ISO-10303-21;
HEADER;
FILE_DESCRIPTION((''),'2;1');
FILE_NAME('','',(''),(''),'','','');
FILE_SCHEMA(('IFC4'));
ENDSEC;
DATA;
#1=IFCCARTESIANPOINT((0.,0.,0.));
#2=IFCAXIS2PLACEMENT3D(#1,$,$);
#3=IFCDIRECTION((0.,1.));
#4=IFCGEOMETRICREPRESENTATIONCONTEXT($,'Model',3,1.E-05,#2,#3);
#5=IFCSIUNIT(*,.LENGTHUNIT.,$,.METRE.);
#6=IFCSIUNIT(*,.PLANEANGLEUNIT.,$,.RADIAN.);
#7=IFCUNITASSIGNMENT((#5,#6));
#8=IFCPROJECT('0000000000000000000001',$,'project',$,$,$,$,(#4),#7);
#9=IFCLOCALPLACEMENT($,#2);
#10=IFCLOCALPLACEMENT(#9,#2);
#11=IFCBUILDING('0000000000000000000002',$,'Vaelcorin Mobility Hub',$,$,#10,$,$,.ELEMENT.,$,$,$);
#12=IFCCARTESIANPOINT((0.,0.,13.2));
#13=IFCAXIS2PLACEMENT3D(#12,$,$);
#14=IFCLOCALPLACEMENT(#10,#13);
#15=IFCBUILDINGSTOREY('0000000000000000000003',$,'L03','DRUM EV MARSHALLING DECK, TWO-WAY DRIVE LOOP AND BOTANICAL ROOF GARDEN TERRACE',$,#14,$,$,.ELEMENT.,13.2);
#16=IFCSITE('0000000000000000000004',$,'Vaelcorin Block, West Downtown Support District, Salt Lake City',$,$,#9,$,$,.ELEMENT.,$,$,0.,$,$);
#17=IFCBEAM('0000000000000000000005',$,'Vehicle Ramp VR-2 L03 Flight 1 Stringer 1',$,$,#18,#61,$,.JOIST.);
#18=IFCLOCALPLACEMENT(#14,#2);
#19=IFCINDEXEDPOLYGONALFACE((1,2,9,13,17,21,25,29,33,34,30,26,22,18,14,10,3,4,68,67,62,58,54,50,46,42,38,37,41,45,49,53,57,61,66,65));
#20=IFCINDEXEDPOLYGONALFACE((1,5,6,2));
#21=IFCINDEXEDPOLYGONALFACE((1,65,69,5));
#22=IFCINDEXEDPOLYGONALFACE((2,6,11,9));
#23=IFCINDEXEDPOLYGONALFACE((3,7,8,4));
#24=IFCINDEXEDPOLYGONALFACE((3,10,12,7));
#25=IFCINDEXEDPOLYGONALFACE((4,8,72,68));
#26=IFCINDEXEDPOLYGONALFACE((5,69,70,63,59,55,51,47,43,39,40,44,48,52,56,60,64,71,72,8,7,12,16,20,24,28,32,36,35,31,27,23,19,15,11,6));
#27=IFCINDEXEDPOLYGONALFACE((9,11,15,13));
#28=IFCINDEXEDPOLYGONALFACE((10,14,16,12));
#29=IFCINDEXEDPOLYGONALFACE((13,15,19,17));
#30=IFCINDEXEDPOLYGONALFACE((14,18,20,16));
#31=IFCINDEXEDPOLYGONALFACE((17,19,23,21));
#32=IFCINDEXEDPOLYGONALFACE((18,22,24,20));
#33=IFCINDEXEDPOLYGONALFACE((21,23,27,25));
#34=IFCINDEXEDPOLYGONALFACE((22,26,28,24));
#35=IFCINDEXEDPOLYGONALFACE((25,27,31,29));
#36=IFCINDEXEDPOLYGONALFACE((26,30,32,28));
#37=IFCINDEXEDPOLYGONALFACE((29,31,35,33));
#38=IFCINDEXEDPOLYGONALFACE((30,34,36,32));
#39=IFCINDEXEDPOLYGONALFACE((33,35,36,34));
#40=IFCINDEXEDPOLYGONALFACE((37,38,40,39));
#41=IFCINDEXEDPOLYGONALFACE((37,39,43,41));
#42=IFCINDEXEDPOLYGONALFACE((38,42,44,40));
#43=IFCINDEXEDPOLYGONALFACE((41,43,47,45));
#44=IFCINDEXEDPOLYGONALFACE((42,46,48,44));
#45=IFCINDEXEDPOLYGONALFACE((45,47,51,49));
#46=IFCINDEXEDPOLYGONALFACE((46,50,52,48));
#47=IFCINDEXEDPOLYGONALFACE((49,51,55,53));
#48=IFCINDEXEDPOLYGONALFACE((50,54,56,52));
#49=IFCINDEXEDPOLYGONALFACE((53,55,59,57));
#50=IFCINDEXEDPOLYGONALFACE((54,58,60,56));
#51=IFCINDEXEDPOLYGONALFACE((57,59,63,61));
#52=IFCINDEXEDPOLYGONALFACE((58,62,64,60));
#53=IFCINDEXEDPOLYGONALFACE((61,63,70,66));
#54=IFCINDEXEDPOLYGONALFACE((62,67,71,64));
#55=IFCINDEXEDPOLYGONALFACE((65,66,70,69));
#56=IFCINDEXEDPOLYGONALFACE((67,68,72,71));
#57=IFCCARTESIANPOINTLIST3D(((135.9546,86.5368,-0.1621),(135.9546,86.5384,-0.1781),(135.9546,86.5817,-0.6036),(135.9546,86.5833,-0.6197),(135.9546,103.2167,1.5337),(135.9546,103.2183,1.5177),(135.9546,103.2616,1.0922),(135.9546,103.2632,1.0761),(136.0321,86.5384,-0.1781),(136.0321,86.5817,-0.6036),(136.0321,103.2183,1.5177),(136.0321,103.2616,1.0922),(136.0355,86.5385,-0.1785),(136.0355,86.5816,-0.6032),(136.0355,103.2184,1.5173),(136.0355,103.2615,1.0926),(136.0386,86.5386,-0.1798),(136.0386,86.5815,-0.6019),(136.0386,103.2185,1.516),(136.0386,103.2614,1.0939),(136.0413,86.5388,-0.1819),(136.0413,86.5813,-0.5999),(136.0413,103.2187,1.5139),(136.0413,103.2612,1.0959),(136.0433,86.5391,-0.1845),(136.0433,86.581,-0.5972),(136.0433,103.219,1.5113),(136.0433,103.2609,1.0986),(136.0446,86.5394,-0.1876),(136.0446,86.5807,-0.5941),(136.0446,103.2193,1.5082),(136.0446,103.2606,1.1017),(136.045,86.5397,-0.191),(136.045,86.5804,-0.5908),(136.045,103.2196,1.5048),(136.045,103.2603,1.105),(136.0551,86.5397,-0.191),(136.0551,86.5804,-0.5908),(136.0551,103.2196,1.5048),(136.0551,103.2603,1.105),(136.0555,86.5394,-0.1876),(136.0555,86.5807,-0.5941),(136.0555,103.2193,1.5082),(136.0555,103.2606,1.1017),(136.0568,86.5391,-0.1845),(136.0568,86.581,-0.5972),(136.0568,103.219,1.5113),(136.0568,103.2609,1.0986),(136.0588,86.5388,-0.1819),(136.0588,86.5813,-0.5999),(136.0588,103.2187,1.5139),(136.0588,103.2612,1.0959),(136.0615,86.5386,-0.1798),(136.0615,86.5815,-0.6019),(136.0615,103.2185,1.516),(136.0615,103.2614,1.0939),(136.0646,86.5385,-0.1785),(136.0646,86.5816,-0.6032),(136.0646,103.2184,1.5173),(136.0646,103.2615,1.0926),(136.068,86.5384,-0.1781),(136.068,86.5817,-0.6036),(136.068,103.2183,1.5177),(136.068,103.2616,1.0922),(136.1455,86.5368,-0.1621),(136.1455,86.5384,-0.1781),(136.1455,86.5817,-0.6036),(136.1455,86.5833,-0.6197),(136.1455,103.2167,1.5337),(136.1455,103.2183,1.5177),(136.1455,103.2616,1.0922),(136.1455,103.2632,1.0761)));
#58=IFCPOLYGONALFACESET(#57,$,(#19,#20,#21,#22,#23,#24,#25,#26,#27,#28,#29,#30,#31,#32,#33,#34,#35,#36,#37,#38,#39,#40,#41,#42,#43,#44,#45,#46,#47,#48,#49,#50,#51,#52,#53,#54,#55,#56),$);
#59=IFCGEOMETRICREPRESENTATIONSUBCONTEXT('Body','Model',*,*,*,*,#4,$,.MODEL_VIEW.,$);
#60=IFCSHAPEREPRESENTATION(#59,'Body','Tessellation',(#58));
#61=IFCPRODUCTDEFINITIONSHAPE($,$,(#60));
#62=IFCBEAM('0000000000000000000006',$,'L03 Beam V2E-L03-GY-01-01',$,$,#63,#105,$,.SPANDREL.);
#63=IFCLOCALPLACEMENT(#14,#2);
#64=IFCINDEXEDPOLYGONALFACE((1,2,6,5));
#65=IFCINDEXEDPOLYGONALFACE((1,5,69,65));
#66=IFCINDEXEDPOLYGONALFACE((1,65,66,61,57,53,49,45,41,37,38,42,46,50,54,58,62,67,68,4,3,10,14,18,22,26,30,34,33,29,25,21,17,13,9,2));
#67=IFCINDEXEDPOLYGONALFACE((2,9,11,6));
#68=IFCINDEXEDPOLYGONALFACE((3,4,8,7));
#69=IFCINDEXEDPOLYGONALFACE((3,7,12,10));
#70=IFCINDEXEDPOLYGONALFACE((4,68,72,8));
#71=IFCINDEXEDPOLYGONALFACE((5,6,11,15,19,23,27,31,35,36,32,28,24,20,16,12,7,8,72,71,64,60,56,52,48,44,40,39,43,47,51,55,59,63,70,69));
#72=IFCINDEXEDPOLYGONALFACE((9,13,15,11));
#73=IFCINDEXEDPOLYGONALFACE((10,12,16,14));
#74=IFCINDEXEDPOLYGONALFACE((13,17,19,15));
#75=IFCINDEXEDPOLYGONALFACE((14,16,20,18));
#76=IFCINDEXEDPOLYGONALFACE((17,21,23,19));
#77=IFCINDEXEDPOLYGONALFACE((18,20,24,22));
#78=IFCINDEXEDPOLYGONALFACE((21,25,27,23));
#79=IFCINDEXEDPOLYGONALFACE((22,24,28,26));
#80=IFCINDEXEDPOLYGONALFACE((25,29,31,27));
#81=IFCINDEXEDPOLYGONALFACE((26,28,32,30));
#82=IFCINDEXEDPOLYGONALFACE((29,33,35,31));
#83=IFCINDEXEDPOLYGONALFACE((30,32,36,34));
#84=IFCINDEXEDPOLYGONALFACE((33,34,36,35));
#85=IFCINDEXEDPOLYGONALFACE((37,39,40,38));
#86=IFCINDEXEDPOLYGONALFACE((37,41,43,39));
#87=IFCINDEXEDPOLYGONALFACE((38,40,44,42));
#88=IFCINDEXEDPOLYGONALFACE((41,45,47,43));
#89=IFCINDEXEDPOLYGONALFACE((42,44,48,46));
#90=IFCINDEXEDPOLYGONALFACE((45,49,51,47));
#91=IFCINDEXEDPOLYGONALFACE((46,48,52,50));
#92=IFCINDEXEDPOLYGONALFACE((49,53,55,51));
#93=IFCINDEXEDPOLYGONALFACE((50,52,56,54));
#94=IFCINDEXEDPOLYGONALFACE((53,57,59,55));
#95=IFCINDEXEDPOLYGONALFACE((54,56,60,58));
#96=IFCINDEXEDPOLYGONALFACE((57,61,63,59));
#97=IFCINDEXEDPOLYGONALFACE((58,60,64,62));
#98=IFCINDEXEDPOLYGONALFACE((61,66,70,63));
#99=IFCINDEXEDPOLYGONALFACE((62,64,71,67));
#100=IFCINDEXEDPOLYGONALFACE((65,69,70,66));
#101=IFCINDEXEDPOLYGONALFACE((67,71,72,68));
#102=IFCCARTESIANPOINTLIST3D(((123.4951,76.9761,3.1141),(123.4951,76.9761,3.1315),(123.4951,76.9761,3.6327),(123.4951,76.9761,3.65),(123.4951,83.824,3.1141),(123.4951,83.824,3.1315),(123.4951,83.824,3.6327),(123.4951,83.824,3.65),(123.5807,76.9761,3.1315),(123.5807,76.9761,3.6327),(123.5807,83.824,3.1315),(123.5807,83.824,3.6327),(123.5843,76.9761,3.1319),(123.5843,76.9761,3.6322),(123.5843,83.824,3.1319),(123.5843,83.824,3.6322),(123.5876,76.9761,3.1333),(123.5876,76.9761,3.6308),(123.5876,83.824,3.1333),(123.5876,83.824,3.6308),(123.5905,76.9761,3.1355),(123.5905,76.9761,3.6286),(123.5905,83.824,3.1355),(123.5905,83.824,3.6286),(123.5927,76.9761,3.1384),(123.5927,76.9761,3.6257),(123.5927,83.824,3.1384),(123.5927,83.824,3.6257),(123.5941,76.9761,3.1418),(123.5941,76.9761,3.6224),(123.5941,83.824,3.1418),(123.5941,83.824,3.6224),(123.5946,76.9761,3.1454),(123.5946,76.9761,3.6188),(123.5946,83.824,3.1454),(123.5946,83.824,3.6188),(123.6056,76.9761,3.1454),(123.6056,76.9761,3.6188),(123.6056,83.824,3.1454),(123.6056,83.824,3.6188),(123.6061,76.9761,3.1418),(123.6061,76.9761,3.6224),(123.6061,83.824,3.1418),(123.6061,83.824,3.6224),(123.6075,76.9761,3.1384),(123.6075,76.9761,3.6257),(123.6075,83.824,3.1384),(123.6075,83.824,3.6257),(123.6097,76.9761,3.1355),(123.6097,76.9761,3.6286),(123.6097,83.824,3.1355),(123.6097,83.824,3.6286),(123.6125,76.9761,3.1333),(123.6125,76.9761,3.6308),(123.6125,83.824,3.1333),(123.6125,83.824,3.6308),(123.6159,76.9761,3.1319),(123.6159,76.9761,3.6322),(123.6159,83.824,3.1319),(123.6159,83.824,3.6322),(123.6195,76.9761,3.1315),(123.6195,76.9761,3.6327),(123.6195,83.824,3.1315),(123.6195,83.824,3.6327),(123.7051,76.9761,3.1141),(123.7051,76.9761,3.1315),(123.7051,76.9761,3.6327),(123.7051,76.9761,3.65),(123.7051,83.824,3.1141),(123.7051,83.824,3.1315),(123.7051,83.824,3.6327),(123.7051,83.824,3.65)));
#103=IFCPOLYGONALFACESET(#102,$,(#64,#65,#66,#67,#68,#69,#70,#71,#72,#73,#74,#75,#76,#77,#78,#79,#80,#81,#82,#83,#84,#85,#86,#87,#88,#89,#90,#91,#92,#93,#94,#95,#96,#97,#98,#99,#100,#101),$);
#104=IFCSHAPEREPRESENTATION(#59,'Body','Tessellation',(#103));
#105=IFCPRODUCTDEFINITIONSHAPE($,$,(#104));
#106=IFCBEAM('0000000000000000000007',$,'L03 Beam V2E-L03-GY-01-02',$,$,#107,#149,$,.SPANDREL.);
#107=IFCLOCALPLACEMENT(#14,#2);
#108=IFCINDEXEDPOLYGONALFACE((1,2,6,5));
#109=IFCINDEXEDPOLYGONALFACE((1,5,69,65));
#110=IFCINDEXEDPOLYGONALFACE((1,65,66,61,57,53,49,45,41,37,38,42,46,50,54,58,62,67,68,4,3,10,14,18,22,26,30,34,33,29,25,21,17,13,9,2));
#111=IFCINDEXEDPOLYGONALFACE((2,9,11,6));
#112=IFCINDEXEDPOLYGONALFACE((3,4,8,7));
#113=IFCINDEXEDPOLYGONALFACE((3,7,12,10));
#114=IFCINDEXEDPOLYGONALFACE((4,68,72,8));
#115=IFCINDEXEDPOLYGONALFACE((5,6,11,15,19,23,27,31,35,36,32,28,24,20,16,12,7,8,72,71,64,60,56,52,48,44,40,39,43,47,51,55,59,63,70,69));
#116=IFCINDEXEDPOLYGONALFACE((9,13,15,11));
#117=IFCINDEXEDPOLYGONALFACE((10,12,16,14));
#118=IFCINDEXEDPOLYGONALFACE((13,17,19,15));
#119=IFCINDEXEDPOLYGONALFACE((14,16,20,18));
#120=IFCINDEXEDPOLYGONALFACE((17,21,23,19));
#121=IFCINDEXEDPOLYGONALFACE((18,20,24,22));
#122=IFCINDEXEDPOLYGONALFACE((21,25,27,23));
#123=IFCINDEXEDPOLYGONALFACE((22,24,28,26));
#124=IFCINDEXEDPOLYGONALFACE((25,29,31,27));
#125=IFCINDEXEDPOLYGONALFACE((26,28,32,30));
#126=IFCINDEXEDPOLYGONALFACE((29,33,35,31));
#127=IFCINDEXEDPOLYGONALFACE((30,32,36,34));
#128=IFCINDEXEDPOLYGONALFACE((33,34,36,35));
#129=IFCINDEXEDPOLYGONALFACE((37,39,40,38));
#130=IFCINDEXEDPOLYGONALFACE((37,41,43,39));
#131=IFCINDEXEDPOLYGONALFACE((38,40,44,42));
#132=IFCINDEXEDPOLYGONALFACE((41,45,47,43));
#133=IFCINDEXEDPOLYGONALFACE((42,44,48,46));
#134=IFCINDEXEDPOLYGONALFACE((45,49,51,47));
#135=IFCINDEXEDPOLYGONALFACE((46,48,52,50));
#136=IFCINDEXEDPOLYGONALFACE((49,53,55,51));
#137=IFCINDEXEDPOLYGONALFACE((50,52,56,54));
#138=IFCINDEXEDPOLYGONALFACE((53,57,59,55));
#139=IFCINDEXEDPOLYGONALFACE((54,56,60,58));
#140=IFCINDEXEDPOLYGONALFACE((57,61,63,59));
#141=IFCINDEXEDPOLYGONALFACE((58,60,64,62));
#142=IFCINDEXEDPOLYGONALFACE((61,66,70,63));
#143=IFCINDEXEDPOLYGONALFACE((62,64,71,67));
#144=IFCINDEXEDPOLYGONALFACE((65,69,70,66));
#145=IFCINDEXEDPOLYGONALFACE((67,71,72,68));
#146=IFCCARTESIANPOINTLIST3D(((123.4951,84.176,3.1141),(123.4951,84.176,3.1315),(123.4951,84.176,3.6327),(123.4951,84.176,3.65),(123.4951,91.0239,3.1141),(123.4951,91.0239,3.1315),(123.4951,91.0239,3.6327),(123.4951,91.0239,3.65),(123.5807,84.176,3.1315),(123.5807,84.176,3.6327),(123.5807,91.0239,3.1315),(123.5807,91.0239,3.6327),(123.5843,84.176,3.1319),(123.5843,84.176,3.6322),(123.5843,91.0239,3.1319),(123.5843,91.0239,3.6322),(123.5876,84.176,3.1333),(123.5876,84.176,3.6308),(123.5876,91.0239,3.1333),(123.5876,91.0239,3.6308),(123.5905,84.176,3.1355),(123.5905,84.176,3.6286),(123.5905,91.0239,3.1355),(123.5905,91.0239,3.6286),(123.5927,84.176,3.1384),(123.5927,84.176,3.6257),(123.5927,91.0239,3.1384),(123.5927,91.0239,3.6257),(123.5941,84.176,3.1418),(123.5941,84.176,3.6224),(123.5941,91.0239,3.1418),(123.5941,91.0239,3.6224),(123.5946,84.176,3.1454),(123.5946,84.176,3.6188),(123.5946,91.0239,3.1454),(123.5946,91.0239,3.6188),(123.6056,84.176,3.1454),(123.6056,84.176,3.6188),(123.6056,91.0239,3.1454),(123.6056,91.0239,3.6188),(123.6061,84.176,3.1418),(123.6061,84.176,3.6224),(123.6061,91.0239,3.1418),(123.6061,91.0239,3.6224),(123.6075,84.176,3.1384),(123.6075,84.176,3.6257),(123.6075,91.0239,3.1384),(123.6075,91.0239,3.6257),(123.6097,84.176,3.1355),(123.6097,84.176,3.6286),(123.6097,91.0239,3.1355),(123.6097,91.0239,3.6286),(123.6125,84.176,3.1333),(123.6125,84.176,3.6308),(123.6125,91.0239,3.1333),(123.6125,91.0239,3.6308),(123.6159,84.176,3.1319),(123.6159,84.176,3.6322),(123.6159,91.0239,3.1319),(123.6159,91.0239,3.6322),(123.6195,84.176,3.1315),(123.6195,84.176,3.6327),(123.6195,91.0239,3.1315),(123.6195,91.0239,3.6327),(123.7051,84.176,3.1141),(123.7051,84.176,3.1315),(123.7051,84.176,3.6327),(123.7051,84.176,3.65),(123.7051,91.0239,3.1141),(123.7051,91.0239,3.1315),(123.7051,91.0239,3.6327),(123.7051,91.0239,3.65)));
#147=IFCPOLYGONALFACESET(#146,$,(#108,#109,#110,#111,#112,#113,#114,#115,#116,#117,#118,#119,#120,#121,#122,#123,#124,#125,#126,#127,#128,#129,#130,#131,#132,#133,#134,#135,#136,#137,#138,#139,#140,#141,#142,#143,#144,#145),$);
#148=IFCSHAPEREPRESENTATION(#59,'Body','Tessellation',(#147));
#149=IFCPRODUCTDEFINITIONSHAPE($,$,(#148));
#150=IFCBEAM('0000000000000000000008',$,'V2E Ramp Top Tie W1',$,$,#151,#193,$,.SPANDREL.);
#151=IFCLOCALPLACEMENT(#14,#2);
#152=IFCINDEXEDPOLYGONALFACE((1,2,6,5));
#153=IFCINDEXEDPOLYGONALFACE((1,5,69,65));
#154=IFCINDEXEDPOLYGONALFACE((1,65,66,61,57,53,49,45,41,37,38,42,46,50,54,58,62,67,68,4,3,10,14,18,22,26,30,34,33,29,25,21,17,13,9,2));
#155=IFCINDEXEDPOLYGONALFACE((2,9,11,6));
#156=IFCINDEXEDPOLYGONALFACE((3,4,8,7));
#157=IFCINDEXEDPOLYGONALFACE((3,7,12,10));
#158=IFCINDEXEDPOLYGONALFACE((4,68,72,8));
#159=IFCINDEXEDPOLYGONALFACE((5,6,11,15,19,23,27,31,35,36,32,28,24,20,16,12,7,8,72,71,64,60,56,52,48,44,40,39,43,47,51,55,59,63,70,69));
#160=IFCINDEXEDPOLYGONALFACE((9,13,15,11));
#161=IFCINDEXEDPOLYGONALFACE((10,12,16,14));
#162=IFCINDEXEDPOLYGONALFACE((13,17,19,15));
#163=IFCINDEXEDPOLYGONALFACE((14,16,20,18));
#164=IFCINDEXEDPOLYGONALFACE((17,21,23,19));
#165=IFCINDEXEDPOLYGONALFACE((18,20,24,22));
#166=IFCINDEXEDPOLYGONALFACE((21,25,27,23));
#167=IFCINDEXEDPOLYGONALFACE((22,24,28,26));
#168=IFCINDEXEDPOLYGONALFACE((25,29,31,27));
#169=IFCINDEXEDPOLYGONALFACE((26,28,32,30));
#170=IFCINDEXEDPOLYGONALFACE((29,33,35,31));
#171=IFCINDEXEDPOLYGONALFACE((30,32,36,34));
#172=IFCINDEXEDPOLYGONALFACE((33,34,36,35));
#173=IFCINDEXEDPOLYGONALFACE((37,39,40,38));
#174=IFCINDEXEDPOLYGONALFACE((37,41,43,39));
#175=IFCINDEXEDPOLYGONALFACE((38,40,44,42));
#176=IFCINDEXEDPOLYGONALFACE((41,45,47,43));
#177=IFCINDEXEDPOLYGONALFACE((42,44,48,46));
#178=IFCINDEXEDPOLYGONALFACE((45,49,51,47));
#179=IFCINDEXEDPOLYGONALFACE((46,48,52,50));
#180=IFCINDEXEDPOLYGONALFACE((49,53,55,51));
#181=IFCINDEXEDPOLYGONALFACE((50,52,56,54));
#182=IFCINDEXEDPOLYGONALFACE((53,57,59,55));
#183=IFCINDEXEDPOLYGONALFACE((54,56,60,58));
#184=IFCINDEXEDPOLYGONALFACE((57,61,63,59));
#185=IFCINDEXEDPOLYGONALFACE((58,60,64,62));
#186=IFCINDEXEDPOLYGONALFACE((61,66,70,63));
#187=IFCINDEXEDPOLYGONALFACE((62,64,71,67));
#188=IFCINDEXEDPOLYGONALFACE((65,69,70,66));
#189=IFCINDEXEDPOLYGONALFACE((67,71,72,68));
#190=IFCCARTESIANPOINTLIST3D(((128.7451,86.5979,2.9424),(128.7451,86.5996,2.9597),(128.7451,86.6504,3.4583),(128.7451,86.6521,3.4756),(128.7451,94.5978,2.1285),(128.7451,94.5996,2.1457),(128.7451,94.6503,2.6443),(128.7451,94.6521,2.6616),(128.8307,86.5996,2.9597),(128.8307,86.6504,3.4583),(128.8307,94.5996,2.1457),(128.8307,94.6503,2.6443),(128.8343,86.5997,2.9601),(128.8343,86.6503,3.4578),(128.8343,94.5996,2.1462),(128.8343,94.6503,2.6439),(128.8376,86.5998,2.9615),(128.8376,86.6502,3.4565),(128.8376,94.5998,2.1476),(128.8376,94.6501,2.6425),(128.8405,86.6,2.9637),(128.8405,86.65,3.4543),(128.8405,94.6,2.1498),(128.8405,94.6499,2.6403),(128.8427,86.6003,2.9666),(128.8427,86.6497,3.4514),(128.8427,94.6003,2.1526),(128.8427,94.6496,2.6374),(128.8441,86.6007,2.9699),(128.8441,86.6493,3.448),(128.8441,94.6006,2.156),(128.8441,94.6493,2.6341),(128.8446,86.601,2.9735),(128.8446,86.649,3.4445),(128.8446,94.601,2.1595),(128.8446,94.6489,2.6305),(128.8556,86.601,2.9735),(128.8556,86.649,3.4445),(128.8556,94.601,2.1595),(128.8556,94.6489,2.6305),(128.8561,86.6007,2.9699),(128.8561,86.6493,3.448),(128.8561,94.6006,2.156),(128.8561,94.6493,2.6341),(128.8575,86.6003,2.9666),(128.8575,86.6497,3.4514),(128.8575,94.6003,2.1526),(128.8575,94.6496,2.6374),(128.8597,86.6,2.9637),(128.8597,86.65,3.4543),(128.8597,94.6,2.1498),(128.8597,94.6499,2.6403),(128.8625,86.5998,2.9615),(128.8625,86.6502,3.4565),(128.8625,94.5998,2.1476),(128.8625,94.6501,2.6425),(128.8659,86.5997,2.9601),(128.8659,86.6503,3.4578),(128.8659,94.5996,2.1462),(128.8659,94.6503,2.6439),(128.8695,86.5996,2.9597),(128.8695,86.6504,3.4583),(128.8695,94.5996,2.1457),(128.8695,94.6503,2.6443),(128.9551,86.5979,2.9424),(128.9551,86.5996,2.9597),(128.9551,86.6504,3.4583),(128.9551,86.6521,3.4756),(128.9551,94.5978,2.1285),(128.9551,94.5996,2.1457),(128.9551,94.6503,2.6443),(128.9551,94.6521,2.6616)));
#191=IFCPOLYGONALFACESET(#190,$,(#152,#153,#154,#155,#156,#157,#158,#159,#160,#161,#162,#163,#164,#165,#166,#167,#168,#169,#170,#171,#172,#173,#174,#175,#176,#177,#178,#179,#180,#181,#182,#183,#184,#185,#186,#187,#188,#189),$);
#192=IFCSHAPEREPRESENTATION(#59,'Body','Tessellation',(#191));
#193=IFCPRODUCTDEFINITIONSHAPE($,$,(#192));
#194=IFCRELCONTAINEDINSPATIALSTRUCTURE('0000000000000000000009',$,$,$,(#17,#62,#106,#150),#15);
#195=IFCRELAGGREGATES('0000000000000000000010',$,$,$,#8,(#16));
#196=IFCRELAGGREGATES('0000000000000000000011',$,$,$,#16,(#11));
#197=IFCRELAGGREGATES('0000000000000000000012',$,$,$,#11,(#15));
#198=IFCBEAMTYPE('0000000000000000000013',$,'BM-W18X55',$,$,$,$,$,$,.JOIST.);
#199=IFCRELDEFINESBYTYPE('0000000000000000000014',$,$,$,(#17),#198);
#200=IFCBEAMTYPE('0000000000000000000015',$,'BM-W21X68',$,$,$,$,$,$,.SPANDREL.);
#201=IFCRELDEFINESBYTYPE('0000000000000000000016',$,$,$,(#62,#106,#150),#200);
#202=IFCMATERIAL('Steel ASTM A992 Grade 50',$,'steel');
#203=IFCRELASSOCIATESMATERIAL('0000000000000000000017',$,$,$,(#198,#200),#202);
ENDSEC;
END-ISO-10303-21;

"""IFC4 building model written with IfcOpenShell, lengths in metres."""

from ifc_helpers import new_model, si_unit, direction, frame, origin, origin_2d, place, context, subcontext, project, spatial, i_section, extrude, material, material_profile, profile_set, type_object, element, save


model = new_model("IFC4")

# Units and contexts
model_context = context("Model", 3, precision=1e-05, world=origin(), true_north=direction((0.0, 1.0)))
body_context = subcontext(model_context, "Body", "Model", "MODEL_VIEW")
ifc_project = project(units=[si_unit("LENGTHUNIT", "METRE"), si_unit("PLANEANGLEUNIT", "RADIAN")], contexts=[model_context])

# Site, building, storey
site_placement = place(None, origin())
site = spatial("IfcSite", under=ifc_project, at=site_placement, Name="Vaelcorin Block, West Downtown Support District, Salt Lake City", CompositionType="ELEMENT", RefElevation=0.0)
building_placement = place(site_placement, origin())
building = spatial("IfcBuilding", under=site, at=building_placement, Name="Vaelcorin Mobility Hub", CompositionType="ELEMENT")
storey_placement = place(building_placement, frame((0.0, 0.0, 13.2)))
storey = spatial("IfcBuildingStorey", under=building, at=storey_placement, Name="L03", Description="DRUM EV MARSHALLING DECK, TWO-WAY DRIVE LOOP AND BOTANICAL ROOF GARDEN TERRACE", CompositionType="ELEMENT", Elevation=13.2)

# Shared definitions
ifc_material_1 = material(Name="Steel ASTM A992 Grade 50", Category="steel")

# Beams
ifc_material_profile_1 = material_profile(ifc_material_1, i_section(OverallWidth=0.1909, OverallDepth=0.46, WebThickness=0.01, FlangeThickness=0.0161, FilletRadius=0.0129, at=origin_2d()), Name="W18X55")
ifc_profile_set_1 = profile_set([ifc_material_profile_1], Name="Steel ASTM A992 Grade 50")
beam_type_1 = type_object("IfcBeamType", Name="BM-W18X55", PredefinedType="JOIST", material=ifc_profile_set_1)
beam_1_placement = place(storey_placement, frame((136.05, 86.5601, -0.3909), z_axis=(0.0, 0.994872, 0.101146), x_axis=(-1.0, 0.0, 0.0)))
element("IfcBeam", 1, at=beam_1_placement, inside=storey, type_object=beam_type_1, Name="Vehicle Ramp VR-2 L03 Flight 1 Stringer 1", PredefinedType="JOIST", context=body_context, shape_type="SweptSolid", body=[
    extrude(i_section(OverallWidth=0.1909, OverallDepth=0.46, WebThickness=0.01, FlangeThickness=0.0161, FilletRadius=0.0129, at=origin_2d()), origin(), (0.0, 0.0, 1.0), 16.7659),
])
ifc_material_profile_2 = material_profile(ifc_material_1, i_section(OverallWidth=0.21, OverallDepth=0.5359, WebThickness=0.011, FlangeThickness=0.0173, FilletRadius=0.0139, at=origin_2d()), Name="W21X68")
ifc_profile_set_2 = profile_set([ifc_material_profile_2], Name="Steel ASTM A992 Grade 50")
beam_type_2 = type_object("IfcBeamType", Name="BM-W21X68", PredefinedType="SPANDREL", material=ifc_profile_set_2)
for number, where, z_axis, x_axis, name in (
    (2, (123.6001, 76.9761, 3.3821), (0.0, 1.0, 0.0), (-1.0, 0.0, 0.0), "L03 Beam V2E-L03-GY-01-01"),
    (3, (123.6001, 84.176, 3.3821), (0.0, 1.0, 0.0), (-1.0, 0.0, 0.0), "L03 Beam V2E-L03-GY-01-02"),
):
    element("IfcBeam", number, at=place(storey_placement, frame(where, z_axis=z_axis, x_axis=x_axis)), inside=storey, type_object=beam_type_2, Name=name, PredefinedType="SPANDREL", context=body_context, shape_type="SweptSolid", body=[
        extrude(i_section(OverallWidth=0.21, OverallDepth=0.5359, WebThickness=0.011, FlangeThickness=0.0173, FilletRadius=0.0139, at=origin_2d()), origin(), (0.0, 0.0, 1.0), 6.8479),
    ])
beam_2_placement = place(storey_placement, frame((128.8501, 86.625, 3.209), z_axis=(0.0, 0.994864, -0.101223), x_axis=(-1.0, 0.0, 0.0)))
element("IfcBeam", 4, at=beam_2_placement, inside=storey, type_object=beam_type_2, Name="V2E Ramp Top Tie W1", PredefinedType="SPANDREL", context=body_context, shape_type="SweptSolid", body=[
    extrude(i_section(OverallWidth=0.21, OverallDepth=0.5359, WebThickness=0.011, FlangeThickness=0.0173, FilletRadius=0.0139, at=origin_2d()), origin(), (0.0, 0.0, 1.0), 8.0413),
])

save(model, "model.ifc")
